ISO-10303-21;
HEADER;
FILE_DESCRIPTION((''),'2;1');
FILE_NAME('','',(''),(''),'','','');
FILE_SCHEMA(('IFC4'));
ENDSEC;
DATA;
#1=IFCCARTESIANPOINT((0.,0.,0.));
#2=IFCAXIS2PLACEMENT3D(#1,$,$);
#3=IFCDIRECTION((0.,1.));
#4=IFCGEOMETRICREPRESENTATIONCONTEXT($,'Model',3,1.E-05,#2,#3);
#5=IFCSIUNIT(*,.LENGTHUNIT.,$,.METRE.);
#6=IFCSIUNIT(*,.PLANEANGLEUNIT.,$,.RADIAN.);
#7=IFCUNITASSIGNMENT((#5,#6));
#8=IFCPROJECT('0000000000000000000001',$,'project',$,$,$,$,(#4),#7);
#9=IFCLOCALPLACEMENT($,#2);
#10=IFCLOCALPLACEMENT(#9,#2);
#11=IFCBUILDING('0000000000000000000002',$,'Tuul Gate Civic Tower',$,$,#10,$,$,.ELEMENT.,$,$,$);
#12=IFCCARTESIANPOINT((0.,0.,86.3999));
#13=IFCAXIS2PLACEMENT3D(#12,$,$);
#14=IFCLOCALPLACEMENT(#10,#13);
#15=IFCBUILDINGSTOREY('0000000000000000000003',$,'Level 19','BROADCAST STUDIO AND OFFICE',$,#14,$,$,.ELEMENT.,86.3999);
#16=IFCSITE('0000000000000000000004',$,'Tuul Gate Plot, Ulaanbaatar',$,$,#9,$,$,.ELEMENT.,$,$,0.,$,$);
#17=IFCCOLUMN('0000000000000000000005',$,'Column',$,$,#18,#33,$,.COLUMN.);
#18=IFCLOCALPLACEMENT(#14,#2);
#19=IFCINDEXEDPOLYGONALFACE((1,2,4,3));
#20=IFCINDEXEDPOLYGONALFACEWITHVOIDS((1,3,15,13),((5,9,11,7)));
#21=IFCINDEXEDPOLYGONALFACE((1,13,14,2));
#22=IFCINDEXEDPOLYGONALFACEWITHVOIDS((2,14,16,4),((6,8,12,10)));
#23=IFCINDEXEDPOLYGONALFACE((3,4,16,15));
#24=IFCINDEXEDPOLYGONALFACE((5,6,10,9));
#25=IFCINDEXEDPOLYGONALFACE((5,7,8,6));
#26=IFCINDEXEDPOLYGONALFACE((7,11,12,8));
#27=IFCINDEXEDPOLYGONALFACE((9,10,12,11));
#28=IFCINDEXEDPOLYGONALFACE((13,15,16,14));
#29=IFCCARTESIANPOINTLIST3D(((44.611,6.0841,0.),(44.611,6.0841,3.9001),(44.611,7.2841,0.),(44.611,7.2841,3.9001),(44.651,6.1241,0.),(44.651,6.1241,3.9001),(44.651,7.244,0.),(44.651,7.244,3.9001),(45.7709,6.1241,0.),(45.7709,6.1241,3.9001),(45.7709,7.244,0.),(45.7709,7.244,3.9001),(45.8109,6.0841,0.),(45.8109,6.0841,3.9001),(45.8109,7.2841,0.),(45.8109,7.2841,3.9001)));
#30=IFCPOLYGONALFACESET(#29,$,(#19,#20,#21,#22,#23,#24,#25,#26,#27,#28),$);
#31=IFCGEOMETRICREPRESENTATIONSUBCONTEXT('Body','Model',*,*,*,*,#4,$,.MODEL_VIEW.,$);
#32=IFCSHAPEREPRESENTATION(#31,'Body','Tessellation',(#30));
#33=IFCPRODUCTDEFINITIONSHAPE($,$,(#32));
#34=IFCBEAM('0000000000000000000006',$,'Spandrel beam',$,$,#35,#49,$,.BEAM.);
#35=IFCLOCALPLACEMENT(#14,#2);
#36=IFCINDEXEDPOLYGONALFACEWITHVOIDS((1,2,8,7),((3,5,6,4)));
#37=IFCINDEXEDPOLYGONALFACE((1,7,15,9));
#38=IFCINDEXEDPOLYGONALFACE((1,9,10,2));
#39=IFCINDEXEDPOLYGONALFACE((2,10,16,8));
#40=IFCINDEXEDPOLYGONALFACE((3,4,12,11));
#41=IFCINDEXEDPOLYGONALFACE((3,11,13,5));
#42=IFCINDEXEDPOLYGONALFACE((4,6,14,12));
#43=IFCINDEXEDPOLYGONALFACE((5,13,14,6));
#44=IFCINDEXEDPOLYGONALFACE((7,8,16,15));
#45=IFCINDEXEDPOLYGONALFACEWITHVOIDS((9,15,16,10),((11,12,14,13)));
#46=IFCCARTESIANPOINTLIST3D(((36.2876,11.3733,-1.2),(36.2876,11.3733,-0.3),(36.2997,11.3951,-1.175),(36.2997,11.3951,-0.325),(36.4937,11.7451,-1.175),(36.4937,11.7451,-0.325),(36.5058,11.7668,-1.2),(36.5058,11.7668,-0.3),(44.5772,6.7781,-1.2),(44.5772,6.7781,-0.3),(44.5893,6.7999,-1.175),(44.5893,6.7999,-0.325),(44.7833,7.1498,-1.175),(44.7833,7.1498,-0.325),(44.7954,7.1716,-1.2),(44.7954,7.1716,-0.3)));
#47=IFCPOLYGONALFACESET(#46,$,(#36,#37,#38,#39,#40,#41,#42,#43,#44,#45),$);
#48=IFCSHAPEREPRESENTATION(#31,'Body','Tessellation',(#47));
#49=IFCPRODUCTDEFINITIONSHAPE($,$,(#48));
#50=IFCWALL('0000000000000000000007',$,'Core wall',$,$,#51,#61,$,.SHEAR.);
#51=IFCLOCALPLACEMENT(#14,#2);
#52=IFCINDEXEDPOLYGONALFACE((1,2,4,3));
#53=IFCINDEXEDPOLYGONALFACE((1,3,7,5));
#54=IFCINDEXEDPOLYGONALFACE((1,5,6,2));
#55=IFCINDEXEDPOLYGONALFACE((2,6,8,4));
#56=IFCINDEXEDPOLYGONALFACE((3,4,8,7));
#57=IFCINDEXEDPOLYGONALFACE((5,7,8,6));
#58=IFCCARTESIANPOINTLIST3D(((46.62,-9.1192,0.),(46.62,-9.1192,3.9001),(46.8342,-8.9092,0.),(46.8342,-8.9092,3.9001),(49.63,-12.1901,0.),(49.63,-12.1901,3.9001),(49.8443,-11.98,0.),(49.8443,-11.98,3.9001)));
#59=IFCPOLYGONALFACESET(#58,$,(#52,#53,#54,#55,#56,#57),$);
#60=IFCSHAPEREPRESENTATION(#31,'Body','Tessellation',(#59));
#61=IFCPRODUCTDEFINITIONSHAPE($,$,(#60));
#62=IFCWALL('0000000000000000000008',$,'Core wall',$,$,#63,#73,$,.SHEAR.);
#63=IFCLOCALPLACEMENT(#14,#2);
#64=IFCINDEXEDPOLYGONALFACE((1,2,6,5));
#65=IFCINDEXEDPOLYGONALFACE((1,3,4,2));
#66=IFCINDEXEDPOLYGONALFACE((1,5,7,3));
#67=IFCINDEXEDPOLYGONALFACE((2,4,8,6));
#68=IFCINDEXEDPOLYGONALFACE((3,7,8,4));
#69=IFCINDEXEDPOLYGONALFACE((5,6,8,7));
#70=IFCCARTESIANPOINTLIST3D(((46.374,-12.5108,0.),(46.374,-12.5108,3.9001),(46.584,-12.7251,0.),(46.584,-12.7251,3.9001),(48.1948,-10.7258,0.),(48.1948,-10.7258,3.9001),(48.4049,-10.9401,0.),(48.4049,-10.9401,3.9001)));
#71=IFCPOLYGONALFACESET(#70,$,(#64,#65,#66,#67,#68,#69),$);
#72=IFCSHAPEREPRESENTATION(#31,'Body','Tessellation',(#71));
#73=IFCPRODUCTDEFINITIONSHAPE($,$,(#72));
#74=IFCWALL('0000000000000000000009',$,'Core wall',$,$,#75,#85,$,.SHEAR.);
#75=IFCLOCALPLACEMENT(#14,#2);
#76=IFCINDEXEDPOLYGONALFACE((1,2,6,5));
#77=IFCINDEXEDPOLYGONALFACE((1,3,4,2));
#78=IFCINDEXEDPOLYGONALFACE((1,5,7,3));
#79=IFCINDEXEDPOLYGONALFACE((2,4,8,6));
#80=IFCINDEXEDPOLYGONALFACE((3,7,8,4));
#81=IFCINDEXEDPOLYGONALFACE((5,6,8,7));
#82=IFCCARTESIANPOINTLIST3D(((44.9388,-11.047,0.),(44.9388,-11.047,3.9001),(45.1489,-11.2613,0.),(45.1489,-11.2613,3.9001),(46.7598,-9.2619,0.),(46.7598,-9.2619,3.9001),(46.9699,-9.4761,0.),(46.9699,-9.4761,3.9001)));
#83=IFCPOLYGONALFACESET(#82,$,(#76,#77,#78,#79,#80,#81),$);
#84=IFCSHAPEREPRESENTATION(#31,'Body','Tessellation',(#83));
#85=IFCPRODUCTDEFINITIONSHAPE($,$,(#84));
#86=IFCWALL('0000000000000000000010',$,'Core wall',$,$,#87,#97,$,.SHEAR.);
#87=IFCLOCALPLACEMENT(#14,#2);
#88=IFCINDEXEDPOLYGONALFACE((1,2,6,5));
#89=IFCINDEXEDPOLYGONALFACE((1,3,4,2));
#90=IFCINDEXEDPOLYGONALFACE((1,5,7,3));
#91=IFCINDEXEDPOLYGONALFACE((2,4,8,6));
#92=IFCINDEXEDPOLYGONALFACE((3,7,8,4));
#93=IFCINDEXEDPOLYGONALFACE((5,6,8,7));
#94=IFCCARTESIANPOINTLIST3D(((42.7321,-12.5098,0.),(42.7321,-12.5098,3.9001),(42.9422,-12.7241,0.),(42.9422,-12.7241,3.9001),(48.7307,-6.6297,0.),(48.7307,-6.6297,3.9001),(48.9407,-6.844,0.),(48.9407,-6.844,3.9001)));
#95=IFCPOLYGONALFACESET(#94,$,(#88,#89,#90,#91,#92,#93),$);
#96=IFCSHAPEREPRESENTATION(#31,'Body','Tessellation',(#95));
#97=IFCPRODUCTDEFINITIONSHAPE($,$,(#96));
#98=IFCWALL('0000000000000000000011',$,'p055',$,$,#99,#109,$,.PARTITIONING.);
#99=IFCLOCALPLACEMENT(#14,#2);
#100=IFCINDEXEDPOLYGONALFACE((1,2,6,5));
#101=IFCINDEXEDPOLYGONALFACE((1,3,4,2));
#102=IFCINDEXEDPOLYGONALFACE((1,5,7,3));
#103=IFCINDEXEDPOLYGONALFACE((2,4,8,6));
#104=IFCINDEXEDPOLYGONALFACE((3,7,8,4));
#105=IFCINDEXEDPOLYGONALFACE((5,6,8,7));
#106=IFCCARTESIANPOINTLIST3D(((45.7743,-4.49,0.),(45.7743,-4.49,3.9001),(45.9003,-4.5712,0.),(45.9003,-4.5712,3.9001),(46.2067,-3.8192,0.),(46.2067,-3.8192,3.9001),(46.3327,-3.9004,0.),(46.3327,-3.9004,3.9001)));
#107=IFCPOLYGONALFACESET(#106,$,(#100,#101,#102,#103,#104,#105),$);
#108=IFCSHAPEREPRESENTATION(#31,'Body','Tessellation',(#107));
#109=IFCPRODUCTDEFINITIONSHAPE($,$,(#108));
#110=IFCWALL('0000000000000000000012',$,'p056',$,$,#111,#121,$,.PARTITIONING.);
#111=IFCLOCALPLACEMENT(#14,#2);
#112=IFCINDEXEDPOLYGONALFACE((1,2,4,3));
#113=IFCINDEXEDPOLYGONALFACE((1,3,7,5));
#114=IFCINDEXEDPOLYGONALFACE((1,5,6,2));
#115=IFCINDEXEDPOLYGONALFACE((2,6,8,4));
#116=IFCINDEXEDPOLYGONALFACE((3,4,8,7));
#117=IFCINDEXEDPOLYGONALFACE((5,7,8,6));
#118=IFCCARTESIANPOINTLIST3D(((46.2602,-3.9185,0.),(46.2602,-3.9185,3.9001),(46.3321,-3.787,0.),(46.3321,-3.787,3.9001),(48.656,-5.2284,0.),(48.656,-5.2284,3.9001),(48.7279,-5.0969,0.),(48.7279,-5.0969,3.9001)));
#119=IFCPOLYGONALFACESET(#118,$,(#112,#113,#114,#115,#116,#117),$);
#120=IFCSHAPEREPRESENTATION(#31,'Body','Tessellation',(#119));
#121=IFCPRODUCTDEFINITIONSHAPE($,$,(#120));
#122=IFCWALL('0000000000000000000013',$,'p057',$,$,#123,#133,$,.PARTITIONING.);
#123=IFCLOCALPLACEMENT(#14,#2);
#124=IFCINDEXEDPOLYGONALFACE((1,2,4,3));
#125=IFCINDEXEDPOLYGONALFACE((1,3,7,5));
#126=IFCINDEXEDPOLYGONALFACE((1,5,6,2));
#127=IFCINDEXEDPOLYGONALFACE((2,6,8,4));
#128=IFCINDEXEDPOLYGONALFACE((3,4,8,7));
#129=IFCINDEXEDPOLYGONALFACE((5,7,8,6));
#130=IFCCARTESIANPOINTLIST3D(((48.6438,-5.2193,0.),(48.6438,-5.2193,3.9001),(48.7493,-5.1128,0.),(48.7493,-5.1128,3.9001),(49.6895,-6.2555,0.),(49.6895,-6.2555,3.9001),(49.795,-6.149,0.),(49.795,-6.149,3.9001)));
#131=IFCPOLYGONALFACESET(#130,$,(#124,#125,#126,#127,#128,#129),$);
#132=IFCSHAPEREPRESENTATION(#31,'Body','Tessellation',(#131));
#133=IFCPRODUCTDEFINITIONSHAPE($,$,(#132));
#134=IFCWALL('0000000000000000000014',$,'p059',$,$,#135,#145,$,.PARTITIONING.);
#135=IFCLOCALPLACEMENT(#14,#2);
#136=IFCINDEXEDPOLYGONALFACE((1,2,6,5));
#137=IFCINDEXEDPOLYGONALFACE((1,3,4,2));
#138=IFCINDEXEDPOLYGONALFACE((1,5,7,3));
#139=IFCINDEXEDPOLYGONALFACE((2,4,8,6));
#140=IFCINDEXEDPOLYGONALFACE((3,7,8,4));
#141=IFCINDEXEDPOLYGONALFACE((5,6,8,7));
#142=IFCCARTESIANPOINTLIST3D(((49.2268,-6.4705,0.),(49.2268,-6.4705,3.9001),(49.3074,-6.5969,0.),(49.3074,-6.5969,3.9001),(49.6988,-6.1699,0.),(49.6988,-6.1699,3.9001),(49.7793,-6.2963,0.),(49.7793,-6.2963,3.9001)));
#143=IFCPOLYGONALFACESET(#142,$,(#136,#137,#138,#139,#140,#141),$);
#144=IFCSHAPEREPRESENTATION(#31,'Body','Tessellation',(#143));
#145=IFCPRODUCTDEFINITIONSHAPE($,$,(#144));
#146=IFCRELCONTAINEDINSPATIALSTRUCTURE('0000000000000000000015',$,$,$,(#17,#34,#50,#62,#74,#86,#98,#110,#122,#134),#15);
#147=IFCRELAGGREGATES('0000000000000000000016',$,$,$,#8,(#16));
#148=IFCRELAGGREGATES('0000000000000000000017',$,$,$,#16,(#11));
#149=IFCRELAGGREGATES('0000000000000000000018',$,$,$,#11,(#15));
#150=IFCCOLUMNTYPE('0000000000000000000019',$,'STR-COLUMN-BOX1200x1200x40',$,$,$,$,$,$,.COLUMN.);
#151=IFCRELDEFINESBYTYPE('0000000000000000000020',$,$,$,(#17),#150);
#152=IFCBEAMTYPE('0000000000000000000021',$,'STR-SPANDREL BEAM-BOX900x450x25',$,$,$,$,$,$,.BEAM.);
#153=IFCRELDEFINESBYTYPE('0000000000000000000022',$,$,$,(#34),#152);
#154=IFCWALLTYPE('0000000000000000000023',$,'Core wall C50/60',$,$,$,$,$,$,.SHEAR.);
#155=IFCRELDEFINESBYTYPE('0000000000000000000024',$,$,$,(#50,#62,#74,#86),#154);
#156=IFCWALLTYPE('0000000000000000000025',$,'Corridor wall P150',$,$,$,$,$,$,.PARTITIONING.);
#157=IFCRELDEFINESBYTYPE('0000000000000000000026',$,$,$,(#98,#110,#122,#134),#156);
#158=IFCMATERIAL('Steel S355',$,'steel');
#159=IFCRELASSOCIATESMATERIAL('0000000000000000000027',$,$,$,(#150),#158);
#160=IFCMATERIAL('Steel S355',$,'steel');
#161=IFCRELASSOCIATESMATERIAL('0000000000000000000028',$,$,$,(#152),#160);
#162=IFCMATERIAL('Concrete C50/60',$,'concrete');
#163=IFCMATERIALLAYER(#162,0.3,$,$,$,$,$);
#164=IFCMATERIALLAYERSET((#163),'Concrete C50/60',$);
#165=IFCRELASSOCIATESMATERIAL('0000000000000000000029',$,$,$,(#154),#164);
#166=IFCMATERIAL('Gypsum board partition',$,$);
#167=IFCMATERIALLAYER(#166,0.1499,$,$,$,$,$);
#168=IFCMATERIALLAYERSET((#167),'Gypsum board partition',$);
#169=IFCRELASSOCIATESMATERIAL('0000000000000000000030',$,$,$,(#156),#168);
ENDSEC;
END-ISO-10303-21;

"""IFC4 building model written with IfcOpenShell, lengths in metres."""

from ifc_helpers import new_model, si_unit, direction, frame, frame_2d, origin, origin_2d, place, context, subcontext, project, spatial, rectangle, hollow_rectangle, extrude, material, layer, layer_set, material_profile, profile_set, type_object, element, save


model = new_model("IFC4")

# Units and contexts
model_context = context("Model", 3, precision=1e-05, world=origin(), true_north=direction((0.0, 1.0)))
body_context = subcontext(model_context, "Body", "Model", "MODEL_VIEW")
ifc_project = project(units=[si_unit("LENGTHUNIT", "METRE"), si_unit("PLANEANGLEUNIT", "RADIAN")], contexts=[model_context])

# Site, building, storey
site_placement = place(None, origin())
site = spatial("IfcSite", under=ifc_project, at=site_placement, Name="Tuul Gate Plot, Ulaanbaatar", CompositionType="ELEMENT", RefElevation=0.0)
building_placement = place(site_placement, origin())
building = spatial("IfcBuilding", under=site, at=building_placement, Name="Tuul Gate Civic Tower", CompositionType="ELEMENT")
storey_placement = place(building_placement, frame((0.0, 0.0, 86.3999)))
storey = spatial("IfcBuildingStorey", under=building, at=storey_placement, Name="Level 19", Description="BROADCAST STUDIO AND OFFICE", CompositionType="ELEMENT", Elevation=86.3999)

# Column
ifc_material_1 = material(Name="Steel S355", Category="steel")
ifc_material_profile_1 = material_profile(ifc_material_1, hollow_rectangle(XDim=1.2, YDim=1.2, WallThickness=0.04, at=origin_2d()), Name="BOX1200x1200x40")
ifc_profile_set_1 = profile_set([ifc_material_profile_1], Name="Steel S355")
column_type = type_object("IfcColumnType", Name="STR-COLUMN-BOX1200x1200x40", PredefinedType="COLUMN", material=ifc_profile_set_1)
column_placement = place(storey_placement, frame((45.2109, 6.6841, 0.0), z_axis=(0.0, 0.0, 1.0), x_axis=(1.0, 0.0, 0.0)))
element("IfcColumn", 1, at=column_placement, inside=storey, type_object=column_type, Name="Column", PredefinedType="COLUMN", context=body_context, shape_type="SweptSolid", body=[
    extrude(hollow_rectangle(XDim=1.2, YDim=1.2, WallThickness=0.04, at=origin_2d()), origin(), (0.0, 0.0, 1.0), 3.9001),
])

# Beam
ifc_material_2 = material(Name="Steel S355", Category="steel")
ifc_material_profile_2 = material_profile(ifc_material_2, hollow_rectangle(XDim=0.45, YDim=0.8999, WallThickness=0.0249, at=origin_2d()), Name="BOX900x450x25")
ifc_profile_set_2 = profile_set([ifc_material_profile_2], Name="Steel S355")
beam_type = type_object("IfcBeamType", Name="STR-SPANDREL BEAM-BOX900x450x25", PredefinedType="BEAM", material=ifc_profile_set_2)
beam_placement = place(storey_placement, frame((44.6863, 6.9749, -0.75), z_axis=(-0.874609, 0.484829, 0.0), x_axis=(-0.484829, -0.874609, 0.0)))
element("IfcBeam", 2, at=beam_placement, inside=storey, type_object=beam_type, Name="Spandrel beam", PredefinedType="BEAM", context=body_context, shape_type="SweptSolid", body=[
    extrude(hollow_rectangle(XDim=0.45, YDim=0.8999, WallThickness=0.0249, at=origin_2d()), origin(), (0.0, 0.0, 1.0), 9.478),
])

# Walls
ifc_material_3 = material(Name="Concrete C50/60", Category="concrete")
ifc_layer_1 = layer(ifc_material_3, 0.3)
ifc_layer_set_1 = layer_set([ifc_layer_1], Name="Concrete C50/60")
wall_type_1 = type_object("IfcWallType", Name="Core wall C50/60", PredefinedType="SHEAR", material=ifc_layer_set_1)
wall_1_placement = place(storey_placement, frame((49.7371, -12.085, 0.0), z_axis=(0.0, 0.0, 1.0), x_axis=(-0.700003, 0.71414, 0.0)))
element("IfcWall", 3, at=wall_1_placement, inside=storey, type_object=wall_type_1, Name="Core wall", PredefinedType="SHEAR", context=body_context, shape_type="SweptSolid", body=[
    extrude(rectangle(XDim=4.3, YDim=0.3, at=frame_2d((2.1499, 0.0))), origin(), (0.0, 0.0, 1.0), 3.9001),
])
wall_2_placement = place(storey_placement, frame((46.479, -12.6179, 0.0), z_axis=(0.0, 0.0, 1.0), x_axis=(0.714109, 0.700034, 0.0)))
element("IfcWall", 4, at=wall_2_placement, inside=storey, type_object=wall_type_1, Name="Core wall", PredefinedType="SHEAR", context=body_context, shape_type="SweptSolid", body=[
    extrude(rectangle(XDim=2.5498, YDim=0.3, at=frame_2d((1.2749, 0.0))), origin(), (0.0, 0.0, 1.0), 3.9001),
])
wall_3_placement = place(storey_placement, frame((45.0439, -11.1541, 0.0), z_axis=(0.0, 0.0, 1.0), x_axis=(0.714108, 0.700035, 0.0)))
element("IfcWall", 5, at=wall_3_placement, inside=storey, type_object=wall_type_1, Name="Core wall", PredefinedType="SHEAR", context=body_context, shape_type="SweptSolid", body=[
    extrude(rectangle(XDim=2.55, YDim=0.3, at=frame_2d((1.2749, 0.0))), origin(), (0.0, 0.0, 1.0), 3.9001),
])
wall_4_placement = place(storey_placement, frame((42.8372, -12.6169, 0.0), z_axis=(0.0, 0.0, 1.0), x_axis=(0.71412, 0.700023, 0.0)))
element("IfcWall", 6, at=wall_4_placement, inside=storey, type_object=wall_type_1, Name="Core wall", PredefinedType="SHEAR", context=body_context, shape_type="SweptSolid", body=[
    extrude(rectangle(XDim=8.3999, YDim=0.3, at=frame_2d((4.2, 0.0))), origin(), (0.0, 0.0, 1.0), 3.9001),
])
ifc_material_4 = material(Name="Gypsum board partition")
ifc_layer_2 = layer(ifc_material_4, 0.1499)
ifc_layer_set_2 = layer_set([ifc_layer_2], Name="Gypsum board partition")
wall_type_2 = type_object("IfcWallType", Name="Corridor wall P150", PredefinedType="PARTITIONING", material=ifc_layer_set_2)
wall_5_placement = place(storey_placement, frame((45.8374, -4.5305, 0.0), z_axis=(0.0, 0.0, 1.0), x_axis=(0.541716, 0.840562, 0.0)))
element("IfcWall", 7, at=wall_5_placement, inside=storey, type_object=wall_type_2, Name="p055", PredefinedType="PARTITIONING", context=body_context, shape_type="SweptSolid", body=[
    extrude(rectangle(XDim=0.7981, YDim=0.1499, at=frame_2d((0.3989, 0.0))), origin(), (0.0, 0.0, 1.0), 3.9001),
])
wall_6_placement = place(storey_placement, frame((46.2961, -3.8528, 0.0), z_axis=(0.0, 0.0, 1.0), x_axis=(0.877427, -0.47971, 0.0)))
element("IfcWall", 8, at=wall_6_placement, inside=storey, type_object=wall_type_2, Name="p056", PredefinedType="PARTITIONING", context=body_context, shape_type="SweptSolid", body=[
    extrude(rectangle(XDim=2.7305, YDim=0.1499, at=frame_2d((1.3652, 0.0))), origin(), (0.0, 0.0, 1.0), 3.9001),
])
wall_7_placement = place(storey_placement, frame((48.6965, -5.166, 0.0), z_axis=(0.0, 0.0, 1.0), x_axis=(0.710333, -0.703865, 0.0)))
element("IfcWall", 9, at=wall_7_placement, inside=storey, type_object=wall_type_2, Name="p057", PredefinedType="PARTITIONING", context=body_context, shape_type="SweptSolid", body=[
    extrude(rectangle(XDim=1.4722, YDim=0.1499, at=frame_2d((0.7361, 0.0))), origin(), (0.0, 0.0, 1.0), 3.9001),
])
wall_8_placement = place(storey_placement, frame((49.2671, -6.5337, 0.0), z_axis=(0.0, 0.0, 1.0), x_axis=(0.843482, 0.537158, 0.0)))
element("IfcWall", 10, at=wall_8_placement, inside=storey, type_object=wall_type_2, Name="p059", PredefinedType="PARTITIONING", context=body_context, shape_type="SweptSolid", body=[
    extrude(rectangle(XDim=0.5596, YDim=0.1499, at=frame_2d((0.2798, 0.0))), origin(), (0.0, 0.0, 1.0), 3.9001),
])

save(model, "model.ifc")
